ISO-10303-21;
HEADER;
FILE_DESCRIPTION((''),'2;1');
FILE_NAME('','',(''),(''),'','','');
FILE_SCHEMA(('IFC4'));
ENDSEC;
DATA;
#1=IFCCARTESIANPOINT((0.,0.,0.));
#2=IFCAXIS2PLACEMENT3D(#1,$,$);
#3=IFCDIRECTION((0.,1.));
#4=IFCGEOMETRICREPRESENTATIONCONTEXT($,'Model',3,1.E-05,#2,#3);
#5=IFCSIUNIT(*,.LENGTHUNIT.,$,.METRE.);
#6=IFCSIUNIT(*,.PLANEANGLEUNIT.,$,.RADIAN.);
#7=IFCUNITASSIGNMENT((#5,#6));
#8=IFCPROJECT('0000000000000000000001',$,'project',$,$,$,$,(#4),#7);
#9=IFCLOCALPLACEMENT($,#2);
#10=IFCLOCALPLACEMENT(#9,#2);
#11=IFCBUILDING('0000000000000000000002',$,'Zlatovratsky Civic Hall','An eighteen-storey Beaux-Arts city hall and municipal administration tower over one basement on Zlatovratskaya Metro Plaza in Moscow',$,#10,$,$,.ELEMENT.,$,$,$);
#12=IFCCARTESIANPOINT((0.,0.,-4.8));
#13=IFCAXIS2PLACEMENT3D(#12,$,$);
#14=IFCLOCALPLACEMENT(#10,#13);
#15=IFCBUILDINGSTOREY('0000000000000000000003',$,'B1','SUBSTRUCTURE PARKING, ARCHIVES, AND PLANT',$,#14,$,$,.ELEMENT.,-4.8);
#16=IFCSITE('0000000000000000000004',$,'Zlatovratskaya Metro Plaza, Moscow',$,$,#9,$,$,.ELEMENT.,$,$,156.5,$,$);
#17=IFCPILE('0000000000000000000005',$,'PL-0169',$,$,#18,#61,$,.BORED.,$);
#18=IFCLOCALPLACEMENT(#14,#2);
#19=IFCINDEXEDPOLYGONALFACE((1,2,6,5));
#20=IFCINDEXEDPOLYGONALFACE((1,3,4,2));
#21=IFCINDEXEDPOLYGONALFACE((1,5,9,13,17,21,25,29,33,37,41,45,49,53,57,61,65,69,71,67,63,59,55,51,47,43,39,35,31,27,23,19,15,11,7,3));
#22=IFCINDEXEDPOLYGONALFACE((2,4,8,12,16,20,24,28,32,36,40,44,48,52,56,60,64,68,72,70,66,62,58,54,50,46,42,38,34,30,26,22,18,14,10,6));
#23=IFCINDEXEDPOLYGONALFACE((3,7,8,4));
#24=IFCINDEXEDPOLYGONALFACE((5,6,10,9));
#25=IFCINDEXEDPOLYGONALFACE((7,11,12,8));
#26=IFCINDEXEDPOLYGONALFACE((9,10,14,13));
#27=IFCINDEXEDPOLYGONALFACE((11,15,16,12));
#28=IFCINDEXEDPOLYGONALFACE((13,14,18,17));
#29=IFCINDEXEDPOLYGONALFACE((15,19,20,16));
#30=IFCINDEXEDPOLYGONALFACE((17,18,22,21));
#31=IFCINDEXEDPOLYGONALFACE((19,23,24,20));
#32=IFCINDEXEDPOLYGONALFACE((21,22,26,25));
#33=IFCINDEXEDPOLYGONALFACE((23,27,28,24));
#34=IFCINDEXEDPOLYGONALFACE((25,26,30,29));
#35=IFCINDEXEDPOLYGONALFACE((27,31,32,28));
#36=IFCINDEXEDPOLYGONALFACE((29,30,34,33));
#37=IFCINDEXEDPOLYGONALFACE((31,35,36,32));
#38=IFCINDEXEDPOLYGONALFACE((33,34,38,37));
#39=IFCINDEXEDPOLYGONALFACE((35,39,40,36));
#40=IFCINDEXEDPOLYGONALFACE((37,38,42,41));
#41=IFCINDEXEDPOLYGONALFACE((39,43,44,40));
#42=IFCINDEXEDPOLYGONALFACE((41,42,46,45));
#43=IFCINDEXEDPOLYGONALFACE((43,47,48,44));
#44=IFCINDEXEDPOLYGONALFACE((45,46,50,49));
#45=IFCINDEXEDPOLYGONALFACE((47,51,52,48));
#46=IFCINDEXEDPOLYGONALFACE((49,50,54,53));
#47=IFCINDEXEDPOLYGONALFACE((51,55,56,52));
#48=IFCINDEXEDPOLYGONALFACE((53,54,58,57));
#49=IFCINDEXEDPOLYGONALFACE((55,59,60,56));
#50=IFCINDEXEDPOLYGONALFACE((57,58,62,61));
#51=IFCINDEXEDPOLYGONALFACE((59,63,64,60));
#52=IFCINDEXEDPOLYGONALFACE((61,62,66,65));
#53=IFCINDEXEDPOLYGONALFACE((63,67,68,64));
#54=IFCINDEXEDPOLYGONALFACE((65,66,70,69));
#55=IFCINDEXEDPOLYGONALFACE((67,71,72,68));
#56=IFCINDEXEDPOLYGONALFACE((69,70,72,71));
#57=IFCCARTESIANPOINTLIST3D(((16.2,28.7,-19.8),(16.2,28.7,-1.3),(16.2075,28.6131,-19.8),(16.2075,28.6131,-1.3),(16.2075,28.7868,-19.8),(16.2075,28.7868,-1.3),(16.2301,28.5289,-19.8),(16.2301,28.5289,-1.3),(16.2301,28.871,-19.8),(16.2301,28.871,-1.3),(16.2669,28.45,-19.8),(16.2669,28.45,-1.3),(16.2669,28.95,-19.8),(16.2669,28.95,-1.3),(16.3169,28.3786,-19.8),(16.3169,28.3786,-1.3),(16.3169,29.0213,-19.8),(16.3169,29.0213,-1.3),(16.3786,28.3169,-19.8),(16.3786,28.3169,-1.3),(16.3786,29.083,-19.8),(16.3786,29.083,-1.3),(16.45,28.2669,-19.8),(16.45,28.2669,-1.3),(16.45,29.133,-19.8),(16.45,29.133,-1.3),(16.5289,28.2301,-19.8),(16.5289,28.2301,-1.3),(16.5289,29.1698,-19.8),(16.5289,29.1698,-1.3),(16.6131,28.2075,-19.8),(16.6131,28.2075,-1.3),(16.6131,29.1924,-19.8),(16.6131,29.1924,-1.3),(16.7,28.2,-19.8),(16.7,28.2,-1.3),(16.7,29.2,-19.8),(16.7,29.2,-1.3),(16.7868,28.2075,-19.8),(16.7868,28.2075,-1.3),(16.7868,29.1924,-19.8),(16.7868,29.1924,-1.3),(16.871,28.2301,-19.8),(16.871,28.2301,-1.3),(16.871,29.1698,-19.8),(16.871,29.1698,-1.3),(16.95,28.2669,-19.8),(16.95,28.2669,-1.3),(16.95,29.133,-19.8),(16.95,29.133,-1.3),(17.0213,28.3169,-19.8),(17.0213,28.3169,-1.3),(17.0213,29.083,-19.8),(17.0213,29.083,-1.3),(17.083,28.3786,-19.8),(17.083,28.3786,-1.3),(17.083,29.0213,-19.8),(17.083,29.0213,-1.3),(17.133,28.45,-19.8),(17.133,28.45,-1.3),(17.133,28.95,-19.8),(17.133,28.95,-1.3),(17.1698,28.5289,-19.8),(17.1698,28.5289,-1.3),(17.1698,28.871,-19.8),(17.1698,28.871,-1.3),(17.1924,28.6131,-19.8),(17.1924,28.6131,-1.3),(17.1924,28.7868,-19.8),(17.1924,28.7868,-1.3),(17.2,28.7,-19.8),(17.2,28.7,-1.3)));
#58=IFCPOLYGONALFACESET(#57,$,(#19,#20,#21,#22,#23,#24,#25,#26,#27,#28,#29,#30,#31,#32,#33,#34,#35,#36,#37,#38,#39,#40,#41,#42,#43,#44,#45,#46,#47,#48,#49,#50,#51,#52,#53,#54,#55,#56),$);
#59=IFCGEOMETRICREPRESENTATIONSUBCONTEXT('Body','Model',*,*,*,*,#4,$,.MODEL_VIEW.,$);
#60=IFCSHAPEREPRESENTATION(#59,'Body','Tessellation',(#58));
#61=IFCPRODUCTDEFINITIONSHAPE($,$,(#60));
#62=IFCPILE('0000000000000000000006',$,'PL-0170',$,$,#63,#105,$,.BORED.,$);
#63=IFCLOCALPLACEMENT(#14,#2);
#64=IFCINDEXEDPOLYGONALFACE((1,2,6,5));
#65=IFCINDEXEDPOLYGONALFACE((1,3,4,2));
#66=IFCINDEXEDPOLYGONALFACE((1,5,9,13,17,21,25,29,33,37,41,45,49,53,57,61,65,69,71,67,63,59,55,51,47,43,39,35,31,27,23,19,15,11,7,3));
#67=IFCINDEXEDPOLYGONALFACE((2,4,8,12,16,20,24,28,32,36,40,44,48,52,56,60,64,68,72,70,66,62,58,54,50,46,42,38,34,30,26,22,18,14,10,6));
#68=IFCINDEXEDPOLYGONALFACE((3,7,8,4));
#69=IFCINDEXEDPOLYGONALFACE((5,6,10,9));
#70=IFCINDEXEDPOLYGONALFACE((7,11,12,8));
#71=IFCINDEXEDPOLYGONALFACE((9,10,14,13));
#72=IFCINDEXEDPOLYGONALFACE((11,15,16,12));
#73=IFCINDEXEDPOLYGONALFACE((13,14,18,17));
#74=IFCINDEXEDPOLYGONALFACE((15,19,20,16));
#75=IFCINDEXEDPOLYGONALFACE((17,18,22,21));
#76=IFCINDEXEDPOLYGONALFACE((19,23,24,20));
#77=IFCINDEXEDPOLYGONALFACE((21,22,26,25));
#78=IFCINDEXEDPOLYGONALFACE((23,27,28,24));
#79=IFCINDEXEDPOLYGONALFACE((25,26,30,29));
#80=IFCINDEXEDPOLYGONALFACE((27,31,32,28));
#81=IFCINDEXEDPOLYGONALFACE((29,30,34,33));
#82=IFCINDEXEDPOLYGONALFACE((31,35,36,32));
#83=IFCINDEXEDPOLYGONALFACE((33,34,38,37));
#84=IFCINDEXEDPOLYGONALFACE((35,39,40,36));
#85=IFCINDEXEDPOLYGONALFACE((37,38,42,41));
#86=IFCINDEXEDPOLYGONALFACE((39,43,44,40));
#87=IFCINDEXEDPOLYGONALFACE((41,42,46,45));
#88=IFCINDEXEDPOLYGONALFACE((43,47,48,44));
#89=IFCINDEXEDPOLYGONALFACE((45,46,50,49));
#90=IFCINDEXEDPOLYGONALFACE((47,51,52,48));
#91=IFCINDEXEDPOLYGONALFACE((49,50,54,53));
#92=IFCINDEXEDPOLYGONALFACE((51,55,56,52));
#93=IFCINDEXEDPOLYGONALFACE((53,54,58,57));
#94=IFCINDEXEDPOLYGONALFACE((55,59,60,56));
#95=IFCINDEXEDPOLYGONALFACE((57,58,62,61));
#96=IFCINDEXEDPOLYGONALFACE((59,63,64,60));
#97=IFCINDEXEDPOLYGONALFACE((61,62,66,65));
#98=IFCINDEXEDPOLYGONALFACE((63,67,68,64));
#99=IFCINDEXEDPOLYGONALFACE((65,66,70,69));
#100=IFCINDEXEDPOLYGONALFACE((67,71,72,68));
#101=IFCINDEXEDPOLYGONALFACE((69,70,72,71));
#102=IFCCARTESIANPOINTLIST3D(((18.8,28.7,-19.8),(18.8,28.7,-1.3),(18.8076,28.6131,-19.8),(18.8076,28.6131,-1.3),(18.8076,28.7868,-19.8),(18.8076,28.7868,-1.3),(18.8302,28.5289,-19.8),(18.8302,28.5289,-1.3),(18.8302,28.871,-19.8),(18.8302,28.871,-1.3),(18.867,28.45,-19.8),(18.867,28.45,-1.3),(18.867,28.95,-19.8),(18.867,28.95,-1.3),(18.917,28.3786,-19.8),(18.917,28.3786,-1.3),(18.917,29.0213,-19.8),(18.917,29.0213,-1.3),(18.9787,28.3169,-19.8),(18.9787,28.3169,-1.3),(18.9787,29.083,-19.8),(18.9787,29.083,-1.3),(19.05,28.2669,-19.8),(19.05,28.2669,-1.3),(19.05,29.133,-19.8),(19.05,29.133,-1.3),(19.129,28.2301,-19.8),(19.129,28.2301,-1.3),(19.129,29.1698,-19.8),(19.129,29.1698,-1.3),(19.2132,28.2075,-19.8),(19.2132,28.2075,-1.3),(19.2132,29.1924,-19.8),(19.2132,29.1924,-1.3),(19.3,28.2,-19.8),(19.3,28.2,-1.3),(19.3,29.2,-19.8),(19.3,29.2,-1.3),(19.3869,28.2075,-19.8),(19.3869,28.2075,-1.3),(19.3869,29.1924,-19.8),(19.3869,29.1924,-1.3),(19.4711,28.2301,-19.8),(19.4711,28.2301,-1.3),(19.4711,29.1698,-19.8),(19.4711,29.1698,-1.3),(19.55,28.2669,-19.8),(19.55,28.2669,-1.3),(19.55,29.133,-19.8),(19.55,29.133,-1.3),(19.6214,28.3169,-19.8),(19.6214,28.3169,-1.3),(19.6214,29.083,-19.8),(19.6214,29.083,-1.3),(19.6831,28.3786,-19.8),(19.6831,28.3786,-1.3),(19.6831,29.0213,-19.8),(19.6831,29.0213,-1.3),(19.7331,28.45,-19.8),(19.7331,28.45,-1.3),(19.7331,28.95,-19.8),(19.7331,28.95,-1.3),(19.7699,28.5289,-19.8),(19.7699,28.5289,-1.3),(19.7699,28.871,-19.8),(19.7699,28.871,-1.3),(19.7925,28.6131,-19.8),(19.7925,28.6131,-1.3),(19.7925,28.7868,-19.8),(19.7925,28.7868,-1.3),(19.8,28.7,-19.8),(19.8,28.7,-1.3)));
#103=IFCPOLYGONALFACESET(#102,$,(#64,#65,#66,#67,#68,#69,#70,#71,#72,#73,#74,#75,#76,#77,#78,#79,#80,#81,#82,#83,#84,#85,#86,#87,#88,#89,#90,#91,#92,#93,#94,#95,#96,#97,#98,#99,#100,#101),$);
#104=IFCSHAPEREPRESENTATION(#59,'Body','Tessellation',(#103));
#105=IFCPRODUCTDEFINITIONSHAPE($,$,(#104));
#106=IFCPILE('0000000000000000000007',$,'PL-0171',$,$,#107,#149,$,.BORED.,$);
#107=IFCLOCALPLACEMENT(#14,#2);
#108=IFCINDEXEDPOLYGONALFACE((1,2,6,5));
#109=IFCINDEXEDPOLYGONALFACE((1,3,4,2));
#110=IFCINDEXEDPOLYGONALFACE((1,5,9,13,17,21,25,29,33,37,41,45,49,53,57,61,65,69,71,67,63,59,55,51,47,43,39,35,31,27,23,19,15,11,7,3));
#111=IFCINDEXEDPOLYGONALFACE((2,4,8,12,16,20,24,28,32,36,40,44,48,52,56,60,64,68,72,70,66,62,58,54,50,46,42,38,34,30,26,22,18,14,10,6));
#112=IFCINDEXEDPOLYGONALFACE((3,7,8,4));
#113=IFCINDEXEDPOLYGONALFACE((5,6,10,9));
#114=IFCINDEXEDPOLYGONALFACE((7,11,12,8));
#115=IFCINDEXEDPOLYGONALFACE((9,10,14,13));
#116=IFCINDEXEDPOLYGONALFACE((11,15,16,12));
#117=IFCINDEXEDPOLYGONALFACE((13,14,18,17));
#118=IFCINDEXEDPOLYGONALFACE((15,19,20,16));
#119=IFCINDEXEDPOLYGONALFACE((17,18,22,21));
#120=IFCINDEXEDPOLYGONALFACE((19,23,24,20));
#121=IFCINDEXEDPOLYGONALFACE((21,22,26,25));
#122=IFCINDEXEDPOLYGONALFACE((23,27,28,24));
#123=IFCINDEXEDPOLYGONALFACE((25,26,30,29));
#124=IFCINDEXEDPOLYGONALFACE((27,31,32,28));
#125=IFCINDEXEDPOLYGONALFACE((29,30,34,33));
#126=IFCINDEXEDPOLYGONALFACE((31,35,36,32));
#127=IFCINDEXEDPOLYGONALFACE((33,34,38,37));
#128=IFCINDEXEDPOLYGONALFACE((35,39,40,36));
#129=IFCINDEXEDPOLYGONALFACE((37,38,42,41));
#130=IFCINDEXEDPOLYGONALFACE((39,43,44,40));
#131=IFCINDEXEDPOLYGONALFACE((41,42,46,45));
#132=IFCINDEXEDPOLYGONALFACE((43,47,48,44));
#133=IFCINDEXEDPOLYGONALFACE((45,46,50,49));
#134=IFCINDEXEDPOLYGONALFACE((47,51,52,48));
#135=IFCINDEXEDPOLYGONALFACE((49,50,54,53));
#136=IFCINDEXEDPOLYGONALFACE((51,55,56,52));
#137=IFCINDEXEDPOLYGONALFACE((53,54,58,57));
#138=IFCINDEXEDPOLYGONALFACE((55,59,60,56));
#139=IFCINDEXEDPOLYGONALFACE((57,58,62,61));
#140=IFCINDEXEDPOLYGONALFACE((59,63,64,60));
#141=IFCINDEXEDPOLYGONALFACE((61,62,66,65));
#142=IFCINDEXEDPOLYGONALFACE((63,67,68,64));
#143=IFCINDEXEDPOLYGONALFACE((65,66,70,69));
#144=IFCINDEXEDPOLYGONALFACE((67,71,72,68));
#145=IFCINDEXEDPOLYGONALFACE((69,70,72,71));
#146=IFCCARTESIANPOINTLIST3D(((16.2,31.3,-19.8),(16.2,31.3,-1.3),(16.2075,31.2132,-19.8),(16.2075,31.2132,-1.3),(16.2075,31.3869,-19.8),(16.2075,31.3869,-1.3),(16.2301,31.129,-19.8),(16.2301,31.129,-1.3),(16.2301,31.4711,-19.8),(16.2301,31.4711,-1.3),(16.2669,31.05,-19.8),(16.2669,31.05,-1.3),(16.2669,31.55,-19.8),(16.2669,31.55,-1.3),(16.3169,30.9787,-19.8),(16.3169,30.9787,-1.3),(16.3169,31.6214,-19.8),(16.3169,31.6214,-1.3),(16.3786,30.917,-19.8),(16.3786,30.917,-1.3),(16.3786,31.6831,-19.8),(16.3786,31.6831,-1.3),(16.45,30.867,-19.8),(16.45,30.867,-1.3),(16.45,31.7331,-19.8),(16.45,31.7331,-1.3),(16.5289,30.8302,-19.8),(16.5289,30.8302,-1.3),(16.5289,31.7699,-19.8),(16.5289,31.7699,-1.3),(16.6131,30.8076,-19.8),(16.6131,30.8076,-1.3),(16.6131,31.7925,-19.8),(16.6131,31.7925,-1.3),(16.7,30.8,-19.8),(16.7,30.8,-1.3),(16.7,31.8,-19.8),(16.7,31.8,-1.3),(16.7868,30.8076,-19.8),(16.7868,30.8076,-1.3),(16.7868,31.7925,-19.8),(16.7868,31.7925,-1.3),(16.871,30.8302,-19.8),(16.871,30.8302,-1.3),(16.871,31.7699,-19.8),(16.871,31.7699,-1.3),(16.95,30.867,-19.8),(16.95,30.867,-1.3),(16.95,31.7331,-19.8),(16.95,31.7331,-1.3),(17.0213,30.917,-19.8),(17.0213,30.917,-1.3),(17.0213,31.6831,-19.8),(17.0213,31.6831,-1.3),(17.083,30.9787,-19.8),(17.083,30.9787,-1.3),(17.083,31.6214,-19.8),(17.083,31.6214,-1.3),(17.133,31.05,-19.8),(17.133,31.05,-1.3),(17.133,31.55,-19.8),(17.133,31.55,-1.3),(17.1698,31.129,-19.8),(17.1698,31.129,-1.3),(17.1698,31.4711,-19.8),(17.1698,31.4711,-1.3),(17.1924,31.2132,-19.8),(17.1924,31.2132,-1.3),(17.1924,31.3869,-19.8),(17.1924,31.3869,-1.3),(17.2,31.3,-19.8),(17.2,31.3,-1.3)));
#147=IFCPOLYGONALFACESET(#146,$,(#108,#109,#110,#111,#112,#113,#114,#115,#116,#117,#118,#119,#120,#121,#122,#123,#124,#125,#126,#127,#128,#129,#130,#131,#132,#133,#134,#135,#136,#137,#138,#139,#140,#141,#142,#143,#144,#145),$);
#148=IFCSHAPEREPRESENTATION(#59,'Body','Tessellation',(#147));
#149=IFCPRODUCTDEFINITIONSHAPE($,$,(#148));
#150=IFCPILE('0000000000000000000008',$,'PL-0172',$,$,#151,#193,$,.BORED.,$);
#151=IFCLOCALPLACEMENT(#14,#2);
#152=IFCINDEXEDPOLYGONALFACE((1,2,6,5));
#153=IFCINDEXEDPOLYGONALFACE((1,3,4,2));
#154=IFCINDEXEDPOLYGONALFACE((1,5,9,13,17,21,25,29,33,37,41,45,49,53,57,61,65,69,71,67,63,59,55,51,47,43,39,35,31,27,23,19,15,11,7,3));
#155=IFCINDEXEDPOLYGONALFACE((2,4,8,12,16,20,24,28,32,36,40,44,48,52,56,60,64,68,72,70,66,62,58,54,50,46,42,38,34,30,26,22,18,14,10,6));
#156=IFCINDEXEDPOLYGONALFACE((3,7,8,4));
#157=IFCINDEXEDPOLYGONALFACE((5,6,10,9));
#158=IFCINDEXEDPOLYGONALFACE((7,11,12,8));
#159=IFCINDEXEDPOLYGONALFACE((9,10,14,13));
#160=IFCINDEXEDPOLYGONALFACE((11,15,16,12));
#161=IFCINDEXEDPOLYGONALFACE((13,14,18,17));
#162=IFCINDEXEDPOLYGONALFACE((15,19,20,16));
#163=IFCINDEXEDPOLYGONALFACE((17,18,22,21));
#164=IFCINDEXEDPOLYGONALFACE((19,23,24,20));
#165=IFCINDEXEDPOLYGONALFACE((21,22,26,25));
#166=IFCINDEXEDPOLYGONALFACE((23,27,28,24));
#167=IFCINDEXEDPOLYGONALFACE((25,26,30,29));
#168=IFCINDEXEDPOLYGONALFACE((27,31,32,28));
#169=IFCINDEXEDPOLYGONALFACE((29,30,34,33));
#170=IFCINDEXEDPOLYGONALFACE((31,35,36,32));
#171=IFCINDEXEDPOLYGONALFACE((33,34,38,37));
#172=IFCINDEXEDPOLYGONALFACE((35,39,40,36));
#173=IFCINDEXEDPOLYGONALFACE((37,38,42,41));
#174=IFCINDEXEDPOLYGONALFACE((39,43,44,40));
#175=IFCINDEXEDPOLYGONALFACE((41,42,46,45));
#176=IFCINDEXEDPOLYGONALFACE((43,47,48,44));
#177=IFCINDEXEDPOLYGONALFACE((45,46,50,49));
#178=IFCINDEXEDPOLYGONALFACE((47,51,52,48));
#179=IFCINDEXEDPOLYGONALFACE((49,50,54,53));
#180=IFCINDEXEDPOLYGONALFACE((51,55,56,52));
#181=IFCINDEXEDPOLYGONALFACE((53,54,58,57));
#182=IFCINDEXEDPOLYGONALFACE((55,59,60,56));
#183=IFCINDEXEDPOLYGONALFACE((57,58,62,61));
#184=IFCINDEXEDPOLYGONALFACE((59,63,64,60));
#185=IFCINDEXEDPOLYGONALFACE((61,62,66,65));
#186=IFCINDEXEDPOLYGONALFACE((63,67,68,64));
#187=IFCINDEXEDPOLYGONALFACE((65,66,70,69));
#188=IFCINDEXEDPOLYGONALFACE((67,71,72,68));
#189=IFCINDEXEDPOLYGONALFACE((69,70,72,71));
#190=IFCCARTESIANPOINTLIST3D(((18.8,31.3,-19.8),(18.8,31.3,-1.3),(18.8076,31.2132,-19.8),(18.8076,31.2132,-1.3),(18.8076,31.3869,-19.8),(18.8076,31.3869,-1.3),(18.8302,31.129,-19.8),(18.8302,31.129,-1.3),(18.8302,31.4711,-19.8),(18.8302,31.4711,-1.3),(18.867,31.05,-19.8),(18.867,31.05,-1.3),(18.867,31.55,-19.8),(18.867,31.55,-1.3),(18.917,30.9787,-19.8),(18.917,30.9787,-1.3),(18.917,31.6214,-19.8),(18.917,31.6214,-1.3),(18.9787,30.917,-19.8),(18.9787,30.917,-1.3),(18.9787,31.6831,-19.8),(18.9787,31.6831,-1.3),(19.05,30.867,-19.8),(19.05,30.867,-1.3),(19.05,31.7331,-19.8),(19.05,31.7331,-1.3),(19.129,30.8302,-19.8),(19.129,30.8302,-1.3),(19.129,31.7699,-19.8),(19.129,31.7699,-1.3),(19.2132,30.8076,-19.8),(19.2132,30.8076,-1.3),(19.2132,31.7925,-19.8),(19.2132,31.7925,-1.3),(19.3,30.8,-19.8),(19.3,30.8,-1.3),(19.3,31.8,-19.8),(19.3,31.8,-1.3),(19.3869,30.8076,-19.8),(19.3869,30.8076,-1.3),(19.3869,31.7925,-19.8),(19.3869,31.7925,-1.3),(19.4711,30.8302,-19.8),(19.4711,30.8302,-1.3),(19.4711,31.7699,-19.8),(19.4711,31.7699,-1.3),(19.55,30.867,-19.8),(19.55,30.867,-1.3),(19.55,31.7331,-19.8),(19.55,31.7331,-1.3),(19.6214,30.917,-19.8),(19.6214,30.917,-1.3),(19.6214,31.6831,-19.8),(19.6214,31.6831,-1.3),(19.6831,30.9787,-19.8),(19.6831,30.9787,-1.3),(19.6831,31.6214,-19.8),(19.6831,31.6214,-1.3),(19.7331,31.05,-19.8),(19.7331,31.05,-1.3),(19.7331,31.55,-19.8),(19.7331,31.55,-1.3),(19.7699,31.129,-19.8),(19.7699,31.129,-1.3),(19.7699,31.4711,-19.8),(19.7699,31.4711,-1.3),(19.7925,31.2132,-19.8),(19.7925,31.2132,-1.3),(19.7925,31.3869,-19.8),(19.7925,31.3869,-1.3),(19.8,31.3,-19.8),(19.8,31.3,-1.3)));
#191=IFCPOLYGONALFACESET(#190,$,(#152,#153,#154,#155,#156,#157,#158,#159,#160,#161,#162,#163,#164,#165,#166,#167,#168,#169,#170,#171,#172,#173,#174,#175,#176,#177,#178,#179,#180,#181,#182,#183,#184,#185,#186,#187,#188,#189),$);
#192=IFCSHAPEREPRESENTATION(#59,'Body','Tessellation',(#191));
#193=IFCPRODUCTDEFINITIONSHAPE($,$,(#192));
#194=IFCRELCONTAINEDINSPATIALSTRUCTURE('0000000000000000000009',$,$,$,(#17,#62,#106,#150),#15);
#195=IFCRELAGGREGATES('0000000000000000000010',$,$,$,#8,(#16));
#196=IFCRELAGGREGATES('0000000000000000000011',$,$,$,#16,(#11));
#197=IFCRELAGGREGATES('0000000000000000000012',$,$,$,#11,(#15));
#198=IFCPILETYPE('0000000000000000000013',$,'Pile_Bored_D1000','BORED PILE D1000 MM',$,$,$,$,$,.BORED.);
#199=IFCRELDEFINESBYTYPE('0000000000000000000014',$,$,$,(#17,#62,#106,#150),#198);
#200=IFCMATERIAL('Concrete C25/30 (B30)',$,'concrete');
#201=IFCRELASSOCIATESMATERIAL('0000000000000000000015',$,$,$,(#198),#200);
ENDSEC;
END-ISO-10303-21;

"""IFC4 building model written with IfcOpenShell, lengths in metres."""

from ifc_helpers import new_model, si_unit, direction, frame, origin, origin_2d, place, context, subcontext, project, spatial, circle, extrude, material, material_profile, profile_set, type_object, element, save


model = new_model("IFC4")

# Units and contexts
model_context = context("Model", 3, precision=1e-05, world=origin(), true_north=direction((0.0, 1.0)))
body_context = subcontext(model_context, "Body", "Model", "MODEL_VIEW")
ifc_project = project(units=[si_unit("LENGTHUNIT", "METRE"), si_unit("PLANEANGLEUNIT", "RADIAN")], contexts=[model_context])

# Site, building, storey
site_placement = place(None, origin())
site = spatial("IfcSite", under=ifc_project, at=site_placement, Name="Zlatovratskaya Metro Plaza, Moscow", CompositionType="ELEMENT", RefElevation=156.5)
building_placement = place(site_placement, origin())
building = spatial("IfcBuilding", under=site, at=building_placement, Name="Zlatovratsky Civic Hall", Description="An eighteen-storey Beaux-Arts city hall and municipal administration tower over one basement on Zlatovratskaya Metro Plaza in Moscow", CompositionType="ELEMENT")
storey_placement = place(building_placement, frame((0.0, 0.0, -4.8)))
storey = spatial("IfcBuildingStorey", under=building, at=storey_placement, Name="B1", Description="SUBSTRUCTURE PARKING, ARCHIVES, AND PLANT", CompositionType="ELEMENT", Elevation=-4.8)

# Shared definitions
ifc_material_1 = material(Name="Concrete C25/30 (B30)", Category="concrete")

# Piles
ifc_material_profile_1 = material_profile(ifc_material_1, circle(Radius=0.5, at=origin_2d()), Name="PILE D1000")
ifc_profile_set_1 = profile_set([ifc_material_profile_1], Name="Concrete C25/30 (B30)")
pile_type_1 = type_object("IfcPileType", Name="Pile_Bored_D1000", Description="BORED PILE D1000 MM", PredefinedType="BORED", material=ifc_profile_set_1)
for number, where, z_axis, x_axis, name in (
    (1, (16.7, 28.7, -1.3), (0.0, 0.0, -1.0), (1.0, 0.0, 0.0), "PL-0169"),
    (2, (19.3, 28.7, -1.3), (0.0, 0.0, -1.0), (1.0, 0.0, 0.0), "PL-0170"),
    (3, (16.7, 31.3, -1.3), (0.0, 0.0, -1.0), (1.0, 0.0, 0.0), "PL-0171"),
    (4, (19.3, 31.3, -1.3), (0.0, 0.0, -1.0), (1.0, 0.0, 0.0), "PL-0172"),
):
    element("IfcPile", number, at=place(storey_placement, frame(where, z_axis=z_axis, x_axis=x_axis)), inside=storey, type_object=pile_type_1, Name=name, PredefinedType="BORED", context=body_context, shape_type="SweptSolid", body=[
        extrude(circle(Radius=0.5, at=origin_2d()), origin(), (0.0, 0.0, 1.0), 18.5),
    ])

save(model, "model.ifc")
